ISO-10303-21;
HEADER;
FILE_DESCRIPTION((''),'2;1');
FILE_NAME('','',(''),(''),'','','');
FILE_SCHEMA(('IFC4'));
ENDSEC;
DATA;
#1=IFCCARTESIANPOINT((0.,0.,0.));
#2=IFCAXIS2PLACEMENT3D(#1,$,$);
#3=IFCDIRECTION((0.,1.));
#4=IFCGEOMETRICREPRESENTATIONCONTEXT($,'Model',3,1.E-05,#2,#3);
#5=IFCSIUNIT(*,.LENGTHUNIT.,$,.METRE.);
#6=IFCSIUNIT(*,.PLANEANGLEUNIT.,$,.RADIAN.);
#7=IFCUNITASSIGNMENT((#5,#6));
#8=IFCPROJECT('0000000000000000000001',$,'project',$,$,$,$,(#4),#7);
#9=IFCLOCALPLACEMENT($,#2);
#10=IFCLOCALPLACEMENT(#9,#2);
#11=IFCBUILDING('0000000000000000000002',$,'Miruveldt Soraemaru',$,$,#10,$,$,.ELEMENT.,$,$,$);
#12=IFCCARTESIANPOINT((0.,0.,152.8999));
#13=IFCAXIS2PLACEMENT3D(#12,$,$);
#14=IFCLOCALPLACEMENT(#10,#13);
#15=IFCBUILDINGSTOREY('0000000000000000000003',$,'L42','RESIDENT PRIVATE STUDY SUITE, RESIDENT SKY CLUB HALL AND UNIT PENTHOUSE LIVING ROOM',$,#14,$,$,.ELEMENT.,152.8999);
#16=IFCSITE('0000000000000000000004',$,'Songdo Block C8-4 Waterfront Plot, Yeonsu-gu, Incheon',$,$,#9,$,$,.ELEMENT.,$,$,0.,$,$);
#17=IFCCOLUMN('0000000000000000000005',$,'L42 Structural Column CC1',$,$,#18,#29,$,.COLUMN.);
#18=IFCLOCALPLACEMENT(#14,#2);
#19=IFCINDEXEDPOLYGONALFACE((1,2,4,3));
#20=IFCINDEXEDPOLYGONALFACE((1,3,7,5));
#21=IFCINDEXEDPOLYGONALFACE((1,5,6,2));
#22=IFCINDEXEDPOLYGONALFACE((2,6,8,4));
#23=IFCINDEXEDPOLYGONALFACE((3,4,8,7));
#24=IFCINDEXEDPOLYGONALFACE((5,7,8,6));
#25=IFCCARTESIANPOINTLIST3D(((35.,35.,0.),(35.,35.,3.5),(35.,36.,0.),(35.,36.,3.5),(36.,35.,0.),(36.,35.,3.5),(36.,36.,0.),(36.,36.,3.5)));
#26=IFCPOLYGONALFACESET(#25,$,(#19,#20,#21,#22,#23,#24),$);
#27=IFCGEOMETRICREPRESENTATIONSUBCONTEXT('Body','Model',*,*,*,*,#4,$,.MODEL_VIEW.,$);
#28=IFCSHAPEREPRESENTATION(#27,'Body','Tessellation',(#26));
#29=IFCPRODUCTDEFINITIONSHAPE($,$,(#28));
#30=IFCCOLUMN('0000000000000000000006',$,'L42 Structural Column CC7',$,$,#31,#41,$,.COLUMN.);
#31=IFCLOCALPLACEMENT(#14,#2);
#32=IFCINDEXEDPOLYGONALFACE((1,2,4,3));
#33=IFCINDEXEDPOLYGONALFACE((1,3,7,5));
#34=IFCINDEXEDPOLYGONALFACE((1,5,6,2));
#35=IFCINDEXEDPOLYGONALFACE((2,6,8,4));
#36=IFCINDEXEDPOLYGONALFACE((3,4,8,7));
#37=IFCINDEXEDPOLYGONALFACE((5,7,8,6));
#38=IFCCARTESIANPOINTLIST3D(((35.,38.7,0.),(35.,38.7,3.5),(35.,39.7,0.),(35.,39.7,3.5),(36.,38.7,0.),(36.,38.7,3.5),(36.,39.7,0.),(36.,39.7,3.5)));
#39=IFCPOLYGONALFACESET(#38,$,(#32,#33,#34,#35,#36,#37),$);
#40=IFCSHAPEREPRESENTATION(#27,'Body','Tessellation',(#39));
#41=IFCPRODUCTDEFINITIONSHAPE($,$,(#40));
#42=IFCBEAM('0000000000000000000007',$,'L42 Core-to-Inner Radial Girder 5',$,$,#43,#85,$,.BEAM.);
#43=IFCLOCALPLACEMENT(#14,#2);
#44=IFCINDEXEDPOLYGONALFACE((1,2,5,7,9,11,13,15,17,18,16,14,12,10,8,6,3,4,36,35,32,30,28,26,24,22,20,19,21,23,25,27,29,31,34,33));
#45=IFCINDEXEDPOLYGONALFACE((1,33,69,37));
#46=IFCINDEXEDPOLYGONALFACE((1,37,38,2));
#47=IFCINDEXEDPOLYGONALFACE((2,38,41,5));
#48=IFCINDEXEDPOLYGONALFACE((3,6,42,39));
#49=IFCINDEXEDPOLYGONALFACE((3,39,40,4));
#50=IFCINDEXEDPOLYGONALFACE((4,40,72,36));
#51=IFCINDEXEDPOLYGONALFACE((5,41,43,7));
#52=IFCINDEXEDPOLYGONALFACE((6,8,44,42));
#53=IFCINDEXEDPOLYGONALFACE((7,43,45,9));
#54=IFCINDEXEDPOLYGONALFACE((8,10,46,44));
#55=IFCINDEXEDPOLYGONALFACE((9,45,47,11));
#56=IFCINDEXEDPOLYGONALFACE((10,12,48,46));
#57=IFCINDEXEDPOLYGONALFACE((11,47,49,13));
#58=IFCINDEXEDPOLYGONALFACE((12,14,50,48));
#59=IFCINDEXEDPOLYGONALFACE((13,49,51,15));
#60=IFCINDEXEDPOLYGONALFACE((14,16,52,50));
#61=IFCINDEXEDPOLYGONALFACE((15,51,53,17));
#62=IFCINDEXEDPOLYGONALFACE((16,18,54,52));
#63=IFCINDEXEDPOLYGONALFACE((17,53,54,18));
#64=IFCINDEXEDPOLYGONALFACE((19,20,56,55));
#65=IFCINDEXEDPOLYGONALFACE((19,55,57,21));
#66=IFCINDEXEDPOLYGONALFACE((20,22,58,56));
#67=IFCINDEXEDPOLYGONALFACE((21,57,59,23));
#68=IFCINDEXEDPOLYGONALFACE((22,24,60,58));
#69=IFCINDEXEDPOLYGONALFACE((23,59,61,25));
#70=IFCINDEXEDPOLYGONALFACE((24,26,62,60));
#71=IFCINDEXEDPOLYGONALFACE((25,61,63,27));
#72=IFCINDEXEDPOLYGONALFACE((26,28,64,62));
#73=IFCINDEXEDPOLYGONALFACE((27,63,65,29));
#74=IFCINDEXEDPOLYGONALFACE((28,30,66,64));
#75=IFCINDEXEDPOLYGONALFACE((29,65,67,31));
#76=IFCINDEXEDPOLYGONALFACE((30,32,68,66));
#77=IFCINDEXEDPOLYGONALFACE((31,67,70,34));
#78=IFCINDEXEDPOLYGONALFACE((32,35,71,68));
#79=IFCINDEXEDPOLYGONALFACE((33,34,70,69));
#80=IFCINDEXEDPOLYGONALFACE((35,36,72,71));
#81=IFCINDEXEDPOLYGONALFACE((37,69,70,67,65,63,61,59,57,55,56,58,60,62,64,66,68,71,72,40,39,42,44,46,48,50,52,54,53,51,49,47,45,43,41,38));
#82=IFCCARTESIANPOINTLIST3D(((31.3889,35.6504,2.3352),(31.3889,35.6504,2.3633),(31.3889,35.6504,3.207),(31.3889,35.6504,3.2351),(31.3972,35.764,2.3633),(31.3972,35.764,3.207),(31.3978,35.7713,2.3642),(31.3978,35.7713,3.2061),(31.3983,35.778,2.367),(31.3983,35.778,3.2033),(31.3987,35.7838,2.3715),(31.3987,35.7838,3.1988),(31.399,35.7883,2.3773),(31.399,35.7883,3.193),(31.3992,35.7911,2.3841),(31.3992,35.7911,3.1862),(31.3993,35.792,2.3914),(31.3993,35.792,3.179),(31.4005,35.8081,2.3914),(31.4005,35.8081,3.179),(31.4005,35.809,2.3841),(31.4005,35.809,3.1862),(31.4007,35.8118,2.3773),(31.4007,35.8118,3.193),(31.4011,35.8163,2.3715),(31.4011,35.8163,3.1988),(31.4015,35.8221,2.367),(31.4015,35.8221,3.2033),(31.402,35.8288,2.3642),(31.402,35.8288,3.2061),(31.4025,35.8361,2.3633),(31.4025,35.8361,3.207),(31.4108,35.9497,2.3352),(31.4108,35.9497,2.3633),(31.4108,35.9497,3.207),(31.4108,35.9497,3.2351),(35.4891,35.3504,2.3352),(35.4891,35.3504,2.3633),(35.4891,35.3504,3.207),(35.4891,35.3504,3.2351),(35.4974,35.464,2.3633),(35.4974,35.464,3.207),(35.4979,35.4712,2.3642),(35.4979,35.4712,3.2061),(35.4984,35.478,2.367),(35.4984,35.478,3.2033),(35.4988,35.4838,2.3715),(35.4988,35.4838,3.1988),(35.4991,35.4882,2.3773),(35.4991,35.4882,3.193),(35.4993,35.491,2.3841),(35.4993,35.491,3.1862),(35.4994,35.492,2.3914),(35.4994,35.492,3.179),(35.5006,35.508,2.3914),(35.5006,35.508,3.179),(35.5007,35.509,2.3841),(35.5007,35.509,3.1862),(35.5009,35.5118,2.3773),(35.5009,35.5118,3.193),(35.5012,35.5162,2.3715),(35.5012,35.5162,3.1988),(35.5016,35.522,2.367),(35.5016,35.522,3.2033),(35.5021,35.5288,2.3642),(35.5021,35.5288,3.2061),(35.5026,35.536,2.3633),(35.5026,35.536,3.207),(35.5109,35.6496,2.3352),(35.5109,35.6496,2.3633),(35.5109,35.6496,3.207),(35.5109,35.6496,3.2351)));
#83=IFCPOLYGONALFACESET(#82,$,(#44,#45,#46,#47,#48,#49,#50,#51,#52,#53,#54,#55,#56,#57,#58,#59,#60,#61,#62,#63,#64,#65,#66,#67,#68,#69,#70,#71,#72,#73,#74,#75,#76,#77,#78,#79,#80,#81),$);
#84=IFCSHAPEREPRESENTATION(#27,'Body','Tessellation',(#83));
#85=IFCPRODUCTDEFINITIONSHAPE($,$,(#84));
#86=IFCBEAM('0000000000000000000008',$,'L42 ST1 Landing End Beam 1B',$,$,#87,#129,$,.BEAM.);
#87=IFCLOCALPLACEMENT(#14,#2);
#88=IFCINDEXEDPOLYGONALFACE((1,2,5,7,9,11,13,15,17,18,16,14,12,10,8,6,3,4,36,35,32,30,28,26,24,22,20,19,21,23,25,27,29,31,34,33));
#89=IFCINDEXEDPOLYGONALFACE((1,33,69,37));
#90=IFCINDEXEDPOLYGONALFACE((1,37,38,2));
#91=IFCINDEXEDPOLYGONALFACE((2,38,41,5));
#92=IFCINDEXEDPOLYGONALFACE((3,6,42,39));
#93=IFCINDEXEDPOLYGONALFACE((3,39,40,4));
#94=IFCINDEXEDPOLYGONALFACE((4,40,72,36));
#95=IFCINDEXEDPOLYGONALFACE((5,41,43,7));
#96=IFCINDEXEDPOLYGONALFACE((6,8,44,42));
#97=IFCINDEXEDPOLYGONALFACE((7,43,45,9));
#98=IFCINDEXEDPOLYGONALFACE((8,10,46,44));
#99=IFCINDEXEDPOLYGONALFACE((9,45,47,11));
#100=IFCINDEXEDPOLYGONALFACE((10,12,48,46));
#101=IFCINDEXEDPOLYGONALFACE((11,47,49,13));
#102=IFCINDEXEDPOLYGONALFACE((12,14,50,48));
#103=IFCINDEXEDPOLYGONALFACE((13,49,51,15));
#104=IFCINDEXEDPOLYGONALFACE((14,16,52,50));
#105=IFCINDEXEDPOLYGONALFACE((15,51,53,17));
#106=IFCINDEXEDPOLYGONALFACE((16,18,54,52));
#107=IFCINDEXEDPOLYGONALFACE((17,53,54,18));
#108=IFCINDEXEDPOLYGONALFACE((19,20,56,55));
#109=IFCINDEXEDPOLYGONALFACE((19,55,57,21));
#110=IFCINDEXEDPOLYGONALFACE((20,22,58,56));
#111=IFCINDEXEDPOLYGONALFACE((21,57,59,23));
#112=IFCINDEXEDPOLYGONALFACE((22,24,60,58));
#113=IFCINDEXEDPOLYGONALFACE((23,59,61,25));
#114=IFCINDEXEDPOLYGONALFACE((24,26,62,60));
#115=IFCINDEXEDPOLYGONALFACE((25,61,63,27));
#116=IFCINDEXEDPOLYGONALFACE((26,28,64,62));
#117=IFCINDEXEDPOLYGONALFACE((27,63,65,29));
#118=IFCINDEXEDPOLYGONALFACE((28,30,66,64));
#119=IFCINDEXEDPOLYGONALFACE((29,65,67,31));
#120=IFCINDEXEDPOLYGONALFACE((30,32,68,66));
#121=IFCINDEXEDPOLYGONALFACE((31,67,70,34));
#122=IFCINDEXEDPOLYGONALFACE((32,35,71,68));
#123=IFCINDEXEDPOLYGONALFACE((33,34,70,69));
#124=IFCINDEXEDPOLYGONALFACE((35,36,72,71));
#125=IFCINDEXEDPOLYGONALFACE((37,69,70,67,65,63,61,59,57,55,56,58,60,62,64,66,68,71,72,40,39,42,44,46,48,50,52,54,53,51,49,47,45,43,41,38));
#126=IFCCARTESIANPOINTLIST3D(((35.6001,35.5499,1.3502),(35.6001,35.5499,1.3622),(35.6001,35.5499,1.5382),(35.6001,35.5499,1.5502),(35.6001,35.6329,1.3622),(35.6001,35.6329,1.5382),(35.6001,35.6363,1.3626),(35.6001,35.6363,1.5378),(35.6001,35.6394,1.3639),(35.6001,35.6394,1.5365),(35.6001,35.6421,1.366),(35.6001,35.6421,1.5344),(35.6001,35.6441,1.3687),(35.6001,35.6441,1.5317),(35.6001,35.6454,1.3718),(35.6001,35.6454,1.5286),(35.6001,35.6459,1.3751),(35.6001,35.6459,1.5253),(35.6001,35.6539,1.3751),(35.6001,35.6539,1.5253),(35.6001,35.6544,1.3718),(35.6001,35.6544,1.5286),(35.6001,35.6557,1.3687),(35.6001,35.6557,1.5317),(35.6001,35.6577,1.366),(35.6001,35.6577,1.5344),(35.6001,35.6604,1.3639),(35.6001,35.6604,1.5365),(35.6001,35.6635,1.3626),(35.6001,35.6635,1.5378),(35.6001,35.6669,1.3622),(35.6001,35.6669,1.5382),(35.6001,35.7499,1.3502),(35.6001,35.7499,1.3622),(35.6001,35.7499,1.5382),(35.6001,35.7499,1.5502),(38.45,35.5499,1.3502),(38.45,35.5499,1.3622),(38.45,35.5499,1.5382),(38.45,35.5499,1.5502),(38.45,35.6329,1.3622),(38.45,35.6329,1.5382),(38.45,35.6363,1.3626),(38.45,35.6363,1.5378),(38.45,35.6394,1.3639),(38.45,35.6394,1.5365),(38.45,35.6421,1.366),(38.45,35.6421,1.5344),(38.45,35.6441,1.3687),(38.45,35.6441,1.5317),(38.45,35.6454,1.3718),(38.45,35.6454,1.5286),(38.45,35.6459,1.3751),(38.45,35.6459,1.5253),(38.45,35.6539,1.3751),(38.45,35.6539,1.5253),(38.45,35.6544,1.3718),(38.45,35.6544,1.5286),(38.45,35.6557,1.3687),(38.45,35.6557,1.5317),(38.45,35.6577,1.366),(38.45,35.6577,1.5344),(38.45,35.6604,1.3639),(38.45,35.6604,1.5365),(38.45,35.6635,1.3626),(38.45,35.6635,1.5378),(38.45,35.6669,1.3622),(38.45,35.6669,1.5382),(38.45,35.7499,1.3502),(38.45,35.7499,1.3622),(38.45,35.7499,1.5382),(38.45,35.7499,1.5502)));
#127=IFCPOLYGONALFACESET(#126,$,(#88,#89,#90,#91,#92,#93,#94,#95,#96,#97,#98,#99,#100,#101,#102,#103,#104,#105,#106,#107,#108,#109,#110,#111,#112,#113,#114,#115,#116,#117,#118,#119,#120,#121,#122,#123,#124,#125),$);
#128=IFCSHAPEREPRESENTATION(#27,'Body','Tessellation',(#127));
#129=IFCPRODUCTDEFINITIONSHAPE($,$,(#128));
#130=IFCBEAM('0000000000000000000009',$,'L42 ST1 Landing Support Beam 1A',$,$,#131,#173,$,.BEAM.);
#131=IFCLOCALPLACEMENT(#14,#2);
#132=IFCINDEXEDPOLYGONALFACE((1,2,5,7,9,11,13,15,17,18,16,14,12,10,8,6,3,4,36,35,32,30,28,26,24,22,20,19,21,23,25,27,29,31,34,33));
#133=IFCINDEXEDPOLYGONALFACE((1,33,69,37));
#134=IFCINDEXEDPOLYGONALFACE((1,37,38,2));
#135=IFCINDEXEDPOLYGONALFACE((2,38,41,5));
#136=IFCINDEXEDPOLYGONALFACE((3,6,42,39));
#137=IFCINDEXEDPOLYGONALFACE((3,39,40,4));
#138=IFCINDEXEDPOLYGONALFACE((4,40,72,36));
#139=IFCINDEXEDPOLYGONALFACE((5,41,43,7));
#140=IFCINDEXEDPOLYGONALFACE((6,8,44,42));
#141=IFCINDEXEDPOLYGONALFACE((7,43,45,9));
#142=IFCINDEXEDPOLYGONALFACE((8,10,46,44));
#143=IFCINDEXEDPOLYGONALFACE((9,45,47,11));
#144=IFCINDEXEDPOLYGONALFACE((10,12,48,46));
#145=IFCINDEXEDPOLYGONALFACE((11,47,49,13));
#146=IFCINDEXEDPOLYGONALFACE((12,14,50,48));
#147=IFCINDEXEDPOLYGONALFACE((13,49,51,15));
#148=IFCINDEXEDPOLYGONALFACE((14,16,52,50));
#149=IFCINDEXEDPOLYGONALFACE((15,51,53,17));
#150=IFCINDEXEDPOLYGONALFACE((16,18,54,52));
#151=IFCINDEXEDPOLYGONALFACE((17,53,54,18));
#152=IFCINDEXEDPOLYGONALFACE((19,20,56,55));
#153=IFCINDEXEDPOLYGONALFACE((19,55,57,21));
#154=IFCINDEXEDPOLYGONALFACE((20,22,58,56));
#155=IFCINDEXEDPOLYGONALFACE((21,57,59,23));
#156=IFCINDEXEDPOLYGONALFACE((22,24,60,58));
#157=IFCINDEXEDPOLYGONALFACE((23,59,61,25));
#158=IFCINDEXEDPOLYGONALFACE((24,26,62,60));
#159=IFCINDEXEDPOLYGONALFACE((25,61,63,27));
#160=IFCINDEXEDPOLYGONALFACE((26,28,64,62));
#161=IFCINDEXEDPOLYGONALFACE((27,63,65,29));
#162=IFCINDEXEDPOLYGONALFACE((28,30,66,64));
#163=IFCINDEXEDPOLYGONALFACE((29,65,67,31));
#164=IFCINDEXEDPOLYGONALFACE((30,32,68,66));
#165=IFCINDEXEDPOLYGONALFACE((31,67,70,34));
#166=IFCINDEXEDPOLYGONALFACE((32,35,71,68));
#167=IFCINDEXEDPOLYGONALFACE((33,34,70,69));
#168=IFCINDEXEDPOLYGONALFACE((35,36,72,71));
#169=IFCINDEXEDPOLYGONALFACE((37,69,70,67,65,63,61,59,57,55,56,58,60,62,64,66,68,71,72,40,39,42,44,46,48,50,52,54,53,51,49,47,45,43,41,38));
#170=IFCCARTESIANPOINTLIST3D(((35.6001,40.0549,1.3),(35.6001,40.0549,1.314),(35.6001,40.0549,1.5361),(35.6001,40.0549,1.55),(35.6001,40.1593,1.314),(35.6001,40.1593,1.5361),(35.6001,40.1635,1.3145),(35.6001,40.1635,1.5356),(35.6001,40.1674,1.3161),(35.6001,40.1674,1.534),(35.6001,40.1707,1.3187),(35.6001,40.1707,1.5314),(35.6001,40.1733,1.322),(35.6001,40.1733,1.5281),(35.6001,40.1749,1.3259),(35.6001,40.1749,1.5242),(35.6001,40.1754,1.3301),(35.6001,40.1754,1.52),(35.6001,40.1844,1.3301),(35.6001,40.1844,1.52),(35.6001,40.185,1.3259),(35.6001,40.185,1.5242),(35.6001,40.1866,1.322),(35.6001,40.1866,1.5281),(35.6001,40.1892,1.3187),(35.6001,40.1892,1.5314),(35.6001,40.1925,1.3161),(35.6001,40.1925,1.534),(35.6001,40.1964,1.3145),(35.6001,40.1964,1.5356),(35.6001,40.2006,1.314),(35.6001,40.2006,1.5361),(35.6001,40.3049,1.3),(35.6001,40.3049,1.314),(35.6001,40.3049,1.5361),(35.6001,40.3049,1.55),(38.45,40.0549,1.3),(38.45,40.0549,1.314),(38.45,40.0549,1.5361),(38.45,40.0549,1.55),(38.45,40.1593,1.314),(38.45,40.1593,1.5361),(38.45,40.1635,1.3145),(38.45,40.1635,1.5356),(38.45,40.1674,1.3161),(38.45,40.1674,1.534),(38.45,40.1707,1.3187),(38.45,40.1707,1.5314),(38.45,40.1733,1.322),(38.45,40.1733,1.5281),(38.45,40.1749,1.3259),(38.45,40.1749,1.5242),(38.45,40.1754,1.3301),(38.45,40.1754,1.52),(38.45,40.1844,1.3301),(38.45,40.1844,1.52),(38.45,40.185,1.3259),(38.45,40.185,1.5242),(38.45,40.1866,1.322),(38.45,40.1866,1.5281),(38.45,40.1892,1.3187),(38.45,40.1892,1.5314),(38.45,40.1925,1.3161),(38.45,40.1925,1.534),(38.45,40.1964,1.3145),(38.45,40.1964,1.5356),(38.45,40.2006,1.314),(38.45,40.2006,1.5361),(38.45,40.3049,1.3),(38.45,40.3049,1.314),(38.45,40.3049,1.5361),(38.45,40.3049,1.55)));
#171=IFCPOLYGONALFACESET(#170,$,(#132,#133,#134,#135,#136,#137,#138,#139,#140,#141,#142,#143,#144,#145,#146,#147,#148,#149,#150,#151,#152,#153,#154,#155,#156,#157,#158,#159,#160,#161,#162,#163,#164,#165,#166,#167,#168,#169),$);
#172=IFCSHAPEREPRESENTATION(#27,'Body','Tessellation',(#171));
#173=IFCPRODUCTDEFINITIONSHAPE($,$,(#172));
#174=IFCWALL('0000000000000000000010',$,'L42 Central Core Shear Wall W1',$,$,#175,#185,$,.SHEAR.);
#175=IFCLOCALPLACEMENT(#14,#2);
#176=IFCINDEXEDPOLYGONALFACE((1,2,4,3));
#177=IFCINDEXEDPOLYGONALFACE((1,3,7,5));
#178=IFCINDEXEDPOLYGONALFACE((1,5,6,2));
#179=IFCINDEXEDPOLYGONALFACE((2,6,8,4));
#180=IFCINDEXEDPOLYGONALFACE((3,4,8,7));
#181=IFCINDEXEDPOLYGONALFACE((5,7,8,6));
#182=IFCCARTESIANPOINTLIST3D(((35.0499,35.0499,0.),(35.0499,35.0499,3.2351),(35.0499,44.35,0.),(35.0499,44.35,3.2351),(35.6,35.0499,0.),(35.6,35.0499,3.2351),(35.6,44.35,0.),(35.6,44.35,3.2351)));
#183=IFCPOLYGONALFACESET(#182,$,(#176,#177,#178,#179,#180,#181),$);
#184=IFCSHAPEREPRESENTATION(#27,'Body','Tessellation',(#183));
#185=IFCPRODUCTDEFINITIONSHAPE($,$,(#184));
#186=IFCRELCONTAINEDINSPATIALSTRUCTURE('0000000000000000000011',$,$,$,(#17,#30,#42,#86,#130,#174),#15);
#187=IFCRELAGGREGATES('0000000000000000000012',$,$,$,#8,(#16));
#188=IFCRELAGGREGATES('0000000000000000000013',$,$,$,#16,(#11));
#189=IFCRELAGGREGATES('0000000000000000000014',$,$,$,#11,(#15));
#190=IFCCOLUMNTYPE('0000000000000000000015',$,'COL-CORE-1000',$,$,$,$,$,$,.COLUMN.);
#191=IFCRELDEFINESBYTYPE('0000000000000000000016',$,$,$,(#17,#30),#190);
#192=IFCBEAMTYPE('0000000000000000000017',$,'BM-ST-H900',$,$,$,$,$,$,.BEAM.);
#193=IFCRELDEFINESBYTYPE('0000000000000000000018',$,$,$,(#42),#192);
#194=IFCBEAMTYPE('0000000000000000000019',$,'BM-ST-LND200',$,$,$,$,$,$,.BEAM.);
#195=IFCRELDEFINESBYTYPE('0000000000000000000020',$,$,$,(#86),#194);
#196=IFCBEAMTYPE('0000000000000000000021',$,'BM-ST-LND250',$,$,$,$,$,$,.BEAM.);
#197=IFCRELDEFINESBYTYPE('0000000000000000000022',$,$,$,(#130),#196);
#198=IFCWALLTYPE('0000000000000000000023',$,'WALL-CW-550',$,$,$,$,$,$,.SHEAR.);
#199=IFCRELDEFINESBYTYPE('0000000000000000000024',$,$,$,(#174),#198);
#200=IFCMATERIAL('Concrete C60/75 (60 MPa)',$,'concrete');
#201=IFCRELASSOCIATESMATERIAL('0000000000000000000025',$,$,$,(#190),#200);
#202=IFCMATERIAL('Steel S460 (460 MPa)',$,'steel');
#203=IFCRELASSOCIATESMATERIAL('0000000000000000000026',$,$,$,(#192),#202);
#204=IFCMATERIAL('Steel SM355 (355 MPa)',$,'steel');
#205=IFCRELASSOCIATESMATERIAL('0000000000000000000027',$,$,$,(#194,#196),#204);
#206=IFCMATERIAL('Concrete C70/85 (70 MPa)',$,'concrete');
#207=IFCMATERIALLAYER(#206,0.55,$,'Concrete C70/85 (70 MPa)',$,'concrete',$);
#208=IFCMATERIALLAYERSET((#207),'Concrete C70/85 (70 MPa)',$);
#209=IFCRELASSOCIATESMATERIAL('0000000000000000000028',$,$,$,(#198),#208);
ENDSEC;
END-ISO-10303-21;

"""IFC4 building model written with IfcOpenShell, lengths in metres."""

from ifc_helpers import new_model, si_unit, direction, frame, frame_2d, origin, origin_2d, place, context, subcontext, project, spatial, rectangle, i_section, extrude, material, layer, layer_set, material_profile, profile_set, type_object, element, save


model = new_model("IFC4")

# Units and contexts
model_context = context("Model", 3, precision=1e-05, world=origin(), true_north=direction((0.0, 1.0)))
body_context = subcontext(model_context, "Body", "Model", "MODEL_VIEW")
ifc_project = project(units=[si_unit("LENGTHUNIT", "METRE"), si_unit("PLANEANGLEUNIT", "RADIAN")], contexts=[model_context])

# Site, building, storey
site_placement = place(None, origin())
site = spatial("IfcSite", under=ifc_project, at=site_placement, Name="Songdo Block C8-4 Waterfront Plot, Yeonsu-gu, Incheon", CompositionType="ELEMENT", RefElevation=0.0)
building_placement = place(site_placement, origin())
building = spatial("IfcBuilding", under=site, at=building_placement, Name="Miruveldt Soraemaru", CompositionType="ELEMENT")
storey_placement = place(building_placement, frame((0.0, 0.0, 152.8999)))
storey = spatial("IfcBuildingStorey", under=building, at=storey_placement, Name="L42", Description="RESIDENT PRIVATE STUDY SUITE, RESIDENT SKY CLUB HALL AND UNIT PENTHOUSE LIVING ROOM", CompositionType="ELEMENT", Elevation=152.8999)

# Columns
ifc_material_1 = material(Name="Concrete C60/75 (60 MPa)", Category="concrete")
ifc_material_profile_1 = material_profile(ifc_material_1, rectangle(XDim=1.0, YDim=1.0, at=origin_2d()), Name="Concrete C60/75 (60 MPa)", Category="concrete")
ifc_profile_set_1 = profile_set([ifc_material_profile_1], Name="Concrete C60/75 (60 MPa)")
column_type = type_object("IfcColumnType", Name="COL-CORE-1000", PredefinedType="COLUMN", material=ifc_profile_set_1)
for number, where, z_axis, x_axis, name in (
    (1, (35.5, 35.5, 0.0), (0.0, 0.0, 1.0), (1.0, 0.0, 0.0), "L42 Structural Column CC1"),
    (2, (35.5, 39.2, 0.0), (0.0, 0.0, 1.0), (1.0, 0.0, 0.0), "L42 Structural Column CC7"),
):
    element("IfcColumn", number, at=place(storey_placement, frame(where, z_axis=z_axis, x_axis=x_axis)), inside=storey, type_object=column_type, Name=name, PredefinedType="COLUMN", context=body_context, shape_type="SweptSolid", body=[
        extrude(rectangle(XDim=1.0, YDim=1.0, at=origin_2d()), origin(), (0.0, 0.0, 1.0), 3.5),
    ])

# Beams
ifc_material_2 = material(Name="Steel S460 (460 MPa)", Category="steel")
ifc_material_profile_2 = material_profile(ifc_material_2, i_section(OverallWidth=0.3, OverallDepth=0.8999, WebThickness=0.0161, FlangeThickness=0.0281, FilletRadius=0.0281, at=origin_2d()), Name="Steel S460 (460 MPa)", Category="steel")
ifc_profile_set_2 = profile_set([ifc_material_profile_2], Name="Steel S460 (460 MPa)")
beam_type_1 = type_object("IfcBeamType", Name="BM-ST-H900", PredefinedType="BEAM", material=ifc_profile_set_2)
beam_1_placement = place(storey_placement, frame((35.5, 35.5, 2.7852), z_axis=(-0.997333, 0.072986, 0.0), x_axis=(-0.072986, -0.997333, 0.0)))
element("IfcBeam", 3, at=beam_1_placement, inside=storey, type_object=beam_type_1, Name="L42 Core-to-Inner Radial Girder 5", PredefinedType="BEAM", context=body_context, shape_type="SweptSolid", body=[
    extrude(i_section(OverallWidth=0.3, OverallDepth=0.8999, WebThickness=0.0161, FlangeThickness=0.0281, FilletRadius=0.0281, at=origin_2d()), origin(), (0.0, 0.0, 1.0), 4.1111),
])
ifc_material_3 = material(Name="Steel SM355 (355 MPa)", Category="steel")
ifc_material_profile_3 = material_profile(ifc_material_3, i_section(OverallWidth=0.2, OverallDepth=0.2, WebThickness=0.0081, FlangeThickness=0.012, FilletRadius=0.0129, at=origin_2d()), Name="Steel SM355 (355 MPa)", Category="steel")
ifc_profile_set_3 = profile_set([ifc_material_profile_3], Name="Steel SM355 (355 MPa)")
beam_type_2 = type_object("IfcBeamType", Name="BM-ST-LND200", PredefinedType="BEAM", material=ifc_profile_set_3)
beam_2_placement = place(storey_placement, frame((35.6001, 35.6499, 1.4502), z_axis=(1.0, 0.0, 0.0), x_axis=(0.0, 1.0, 0.0)))
element("IfcBeam", 4, at=beam_2_placement, inside=storey, type_object=beam_type_2, Name="L42 ST1 Landing End Beam 1B", PredefinedType="BEAM", context=body_context, shape_type="SweptSolid", body=[
    extrude(i_section(OverallWidth=0.2, OverallDepth=0.2, WebThickness=0.0081, FlangeThickness=0.012, FilletRadius=0.0129, at=origin_2d()), origin(), (0.0, 0.0, 1.0), 2.8499),
])
ifc_material_profile_4 = material_profile(ifc_material_3, i_section(OverallWidth=0.25, OverallDepth=0.25, WebThickness=0.009, FlangeThickness=0.0139, FilletRadius=0.0161, at=origin_2d()), Name="Steel SM355 (355 MPa)", Category="steel")
ifc_profile_set_4 = profile_set([ifc_material_profile_4], Name="Steel SM355 (355 MPa)")
beam_type_3 = type_object("IfcBeamType", Name="BM-ST-LND250", PredefinedType="BEAM", material=ifc_profile_set_4)
beam_3_placement = place(storey_placement, frame((35.6001, 40.1799, 1.425), z_axis=(1.0, 0.0, 0.0), x_axis=(0.0, 1.0, 0.0)))
element("IfcBeam", 5, at=beam_3_placement, inside=storey, type_object=beam_type_3, Name="L42 ST1 Landing Support Beam 1A", PredefinedType="BEAM", context=body_context, shape_type="SweptSolid", body=[
    extrude(i_section(OverallWidth=0.25, OverallDepth=0.25, WebThickness=0.009, FlangeThickness=0.0139, FilletRadius=0.0161, at=origin_2d()), origin(), (0.0, 0.0, 1.0), 2.8499),
])

# Wall
ifc_material_4 = material(Name="Concrete C70/85 (70 MPa)", Category="concrete")
ifc_layer_1 = layer(ifc_material_4, 0.55, Name="Concrete C70/85 (70 MPa)", Category="concrete")
ifc_layer_set_1 = layer_set([ifc_layer_1], Name="Concrete C70/85 (70 MPa)")
wall_type_1 = type_object("IfcWallType", Name="WALL-CW-550", PredefinedType="SHEAR", material=ifc_layer_set_1)
wall_1_placement = place(storey_placement, frame((35.325, 35.05, 0.0), z_axis=(0.0, 0.0, 1.0), x_axis=(0.0, 1.0, 0.0)))
element("IfcWall", 6, at=wall_1_placement, inside=storey, type_object=wall_type_1, Name="L42 Central Core Shear Wall W1", PredefinedType="SHEAR", context=body_context, shape_type="SweptSolid", body=[
    extrude(rectangle(XDim=9.3, YDim=0.55, at=frame_2d((4.6499, 0.0))), origin(), (0.0, 0.0, 1.0), 3.2351),
])

save(model, "model.ifc")
